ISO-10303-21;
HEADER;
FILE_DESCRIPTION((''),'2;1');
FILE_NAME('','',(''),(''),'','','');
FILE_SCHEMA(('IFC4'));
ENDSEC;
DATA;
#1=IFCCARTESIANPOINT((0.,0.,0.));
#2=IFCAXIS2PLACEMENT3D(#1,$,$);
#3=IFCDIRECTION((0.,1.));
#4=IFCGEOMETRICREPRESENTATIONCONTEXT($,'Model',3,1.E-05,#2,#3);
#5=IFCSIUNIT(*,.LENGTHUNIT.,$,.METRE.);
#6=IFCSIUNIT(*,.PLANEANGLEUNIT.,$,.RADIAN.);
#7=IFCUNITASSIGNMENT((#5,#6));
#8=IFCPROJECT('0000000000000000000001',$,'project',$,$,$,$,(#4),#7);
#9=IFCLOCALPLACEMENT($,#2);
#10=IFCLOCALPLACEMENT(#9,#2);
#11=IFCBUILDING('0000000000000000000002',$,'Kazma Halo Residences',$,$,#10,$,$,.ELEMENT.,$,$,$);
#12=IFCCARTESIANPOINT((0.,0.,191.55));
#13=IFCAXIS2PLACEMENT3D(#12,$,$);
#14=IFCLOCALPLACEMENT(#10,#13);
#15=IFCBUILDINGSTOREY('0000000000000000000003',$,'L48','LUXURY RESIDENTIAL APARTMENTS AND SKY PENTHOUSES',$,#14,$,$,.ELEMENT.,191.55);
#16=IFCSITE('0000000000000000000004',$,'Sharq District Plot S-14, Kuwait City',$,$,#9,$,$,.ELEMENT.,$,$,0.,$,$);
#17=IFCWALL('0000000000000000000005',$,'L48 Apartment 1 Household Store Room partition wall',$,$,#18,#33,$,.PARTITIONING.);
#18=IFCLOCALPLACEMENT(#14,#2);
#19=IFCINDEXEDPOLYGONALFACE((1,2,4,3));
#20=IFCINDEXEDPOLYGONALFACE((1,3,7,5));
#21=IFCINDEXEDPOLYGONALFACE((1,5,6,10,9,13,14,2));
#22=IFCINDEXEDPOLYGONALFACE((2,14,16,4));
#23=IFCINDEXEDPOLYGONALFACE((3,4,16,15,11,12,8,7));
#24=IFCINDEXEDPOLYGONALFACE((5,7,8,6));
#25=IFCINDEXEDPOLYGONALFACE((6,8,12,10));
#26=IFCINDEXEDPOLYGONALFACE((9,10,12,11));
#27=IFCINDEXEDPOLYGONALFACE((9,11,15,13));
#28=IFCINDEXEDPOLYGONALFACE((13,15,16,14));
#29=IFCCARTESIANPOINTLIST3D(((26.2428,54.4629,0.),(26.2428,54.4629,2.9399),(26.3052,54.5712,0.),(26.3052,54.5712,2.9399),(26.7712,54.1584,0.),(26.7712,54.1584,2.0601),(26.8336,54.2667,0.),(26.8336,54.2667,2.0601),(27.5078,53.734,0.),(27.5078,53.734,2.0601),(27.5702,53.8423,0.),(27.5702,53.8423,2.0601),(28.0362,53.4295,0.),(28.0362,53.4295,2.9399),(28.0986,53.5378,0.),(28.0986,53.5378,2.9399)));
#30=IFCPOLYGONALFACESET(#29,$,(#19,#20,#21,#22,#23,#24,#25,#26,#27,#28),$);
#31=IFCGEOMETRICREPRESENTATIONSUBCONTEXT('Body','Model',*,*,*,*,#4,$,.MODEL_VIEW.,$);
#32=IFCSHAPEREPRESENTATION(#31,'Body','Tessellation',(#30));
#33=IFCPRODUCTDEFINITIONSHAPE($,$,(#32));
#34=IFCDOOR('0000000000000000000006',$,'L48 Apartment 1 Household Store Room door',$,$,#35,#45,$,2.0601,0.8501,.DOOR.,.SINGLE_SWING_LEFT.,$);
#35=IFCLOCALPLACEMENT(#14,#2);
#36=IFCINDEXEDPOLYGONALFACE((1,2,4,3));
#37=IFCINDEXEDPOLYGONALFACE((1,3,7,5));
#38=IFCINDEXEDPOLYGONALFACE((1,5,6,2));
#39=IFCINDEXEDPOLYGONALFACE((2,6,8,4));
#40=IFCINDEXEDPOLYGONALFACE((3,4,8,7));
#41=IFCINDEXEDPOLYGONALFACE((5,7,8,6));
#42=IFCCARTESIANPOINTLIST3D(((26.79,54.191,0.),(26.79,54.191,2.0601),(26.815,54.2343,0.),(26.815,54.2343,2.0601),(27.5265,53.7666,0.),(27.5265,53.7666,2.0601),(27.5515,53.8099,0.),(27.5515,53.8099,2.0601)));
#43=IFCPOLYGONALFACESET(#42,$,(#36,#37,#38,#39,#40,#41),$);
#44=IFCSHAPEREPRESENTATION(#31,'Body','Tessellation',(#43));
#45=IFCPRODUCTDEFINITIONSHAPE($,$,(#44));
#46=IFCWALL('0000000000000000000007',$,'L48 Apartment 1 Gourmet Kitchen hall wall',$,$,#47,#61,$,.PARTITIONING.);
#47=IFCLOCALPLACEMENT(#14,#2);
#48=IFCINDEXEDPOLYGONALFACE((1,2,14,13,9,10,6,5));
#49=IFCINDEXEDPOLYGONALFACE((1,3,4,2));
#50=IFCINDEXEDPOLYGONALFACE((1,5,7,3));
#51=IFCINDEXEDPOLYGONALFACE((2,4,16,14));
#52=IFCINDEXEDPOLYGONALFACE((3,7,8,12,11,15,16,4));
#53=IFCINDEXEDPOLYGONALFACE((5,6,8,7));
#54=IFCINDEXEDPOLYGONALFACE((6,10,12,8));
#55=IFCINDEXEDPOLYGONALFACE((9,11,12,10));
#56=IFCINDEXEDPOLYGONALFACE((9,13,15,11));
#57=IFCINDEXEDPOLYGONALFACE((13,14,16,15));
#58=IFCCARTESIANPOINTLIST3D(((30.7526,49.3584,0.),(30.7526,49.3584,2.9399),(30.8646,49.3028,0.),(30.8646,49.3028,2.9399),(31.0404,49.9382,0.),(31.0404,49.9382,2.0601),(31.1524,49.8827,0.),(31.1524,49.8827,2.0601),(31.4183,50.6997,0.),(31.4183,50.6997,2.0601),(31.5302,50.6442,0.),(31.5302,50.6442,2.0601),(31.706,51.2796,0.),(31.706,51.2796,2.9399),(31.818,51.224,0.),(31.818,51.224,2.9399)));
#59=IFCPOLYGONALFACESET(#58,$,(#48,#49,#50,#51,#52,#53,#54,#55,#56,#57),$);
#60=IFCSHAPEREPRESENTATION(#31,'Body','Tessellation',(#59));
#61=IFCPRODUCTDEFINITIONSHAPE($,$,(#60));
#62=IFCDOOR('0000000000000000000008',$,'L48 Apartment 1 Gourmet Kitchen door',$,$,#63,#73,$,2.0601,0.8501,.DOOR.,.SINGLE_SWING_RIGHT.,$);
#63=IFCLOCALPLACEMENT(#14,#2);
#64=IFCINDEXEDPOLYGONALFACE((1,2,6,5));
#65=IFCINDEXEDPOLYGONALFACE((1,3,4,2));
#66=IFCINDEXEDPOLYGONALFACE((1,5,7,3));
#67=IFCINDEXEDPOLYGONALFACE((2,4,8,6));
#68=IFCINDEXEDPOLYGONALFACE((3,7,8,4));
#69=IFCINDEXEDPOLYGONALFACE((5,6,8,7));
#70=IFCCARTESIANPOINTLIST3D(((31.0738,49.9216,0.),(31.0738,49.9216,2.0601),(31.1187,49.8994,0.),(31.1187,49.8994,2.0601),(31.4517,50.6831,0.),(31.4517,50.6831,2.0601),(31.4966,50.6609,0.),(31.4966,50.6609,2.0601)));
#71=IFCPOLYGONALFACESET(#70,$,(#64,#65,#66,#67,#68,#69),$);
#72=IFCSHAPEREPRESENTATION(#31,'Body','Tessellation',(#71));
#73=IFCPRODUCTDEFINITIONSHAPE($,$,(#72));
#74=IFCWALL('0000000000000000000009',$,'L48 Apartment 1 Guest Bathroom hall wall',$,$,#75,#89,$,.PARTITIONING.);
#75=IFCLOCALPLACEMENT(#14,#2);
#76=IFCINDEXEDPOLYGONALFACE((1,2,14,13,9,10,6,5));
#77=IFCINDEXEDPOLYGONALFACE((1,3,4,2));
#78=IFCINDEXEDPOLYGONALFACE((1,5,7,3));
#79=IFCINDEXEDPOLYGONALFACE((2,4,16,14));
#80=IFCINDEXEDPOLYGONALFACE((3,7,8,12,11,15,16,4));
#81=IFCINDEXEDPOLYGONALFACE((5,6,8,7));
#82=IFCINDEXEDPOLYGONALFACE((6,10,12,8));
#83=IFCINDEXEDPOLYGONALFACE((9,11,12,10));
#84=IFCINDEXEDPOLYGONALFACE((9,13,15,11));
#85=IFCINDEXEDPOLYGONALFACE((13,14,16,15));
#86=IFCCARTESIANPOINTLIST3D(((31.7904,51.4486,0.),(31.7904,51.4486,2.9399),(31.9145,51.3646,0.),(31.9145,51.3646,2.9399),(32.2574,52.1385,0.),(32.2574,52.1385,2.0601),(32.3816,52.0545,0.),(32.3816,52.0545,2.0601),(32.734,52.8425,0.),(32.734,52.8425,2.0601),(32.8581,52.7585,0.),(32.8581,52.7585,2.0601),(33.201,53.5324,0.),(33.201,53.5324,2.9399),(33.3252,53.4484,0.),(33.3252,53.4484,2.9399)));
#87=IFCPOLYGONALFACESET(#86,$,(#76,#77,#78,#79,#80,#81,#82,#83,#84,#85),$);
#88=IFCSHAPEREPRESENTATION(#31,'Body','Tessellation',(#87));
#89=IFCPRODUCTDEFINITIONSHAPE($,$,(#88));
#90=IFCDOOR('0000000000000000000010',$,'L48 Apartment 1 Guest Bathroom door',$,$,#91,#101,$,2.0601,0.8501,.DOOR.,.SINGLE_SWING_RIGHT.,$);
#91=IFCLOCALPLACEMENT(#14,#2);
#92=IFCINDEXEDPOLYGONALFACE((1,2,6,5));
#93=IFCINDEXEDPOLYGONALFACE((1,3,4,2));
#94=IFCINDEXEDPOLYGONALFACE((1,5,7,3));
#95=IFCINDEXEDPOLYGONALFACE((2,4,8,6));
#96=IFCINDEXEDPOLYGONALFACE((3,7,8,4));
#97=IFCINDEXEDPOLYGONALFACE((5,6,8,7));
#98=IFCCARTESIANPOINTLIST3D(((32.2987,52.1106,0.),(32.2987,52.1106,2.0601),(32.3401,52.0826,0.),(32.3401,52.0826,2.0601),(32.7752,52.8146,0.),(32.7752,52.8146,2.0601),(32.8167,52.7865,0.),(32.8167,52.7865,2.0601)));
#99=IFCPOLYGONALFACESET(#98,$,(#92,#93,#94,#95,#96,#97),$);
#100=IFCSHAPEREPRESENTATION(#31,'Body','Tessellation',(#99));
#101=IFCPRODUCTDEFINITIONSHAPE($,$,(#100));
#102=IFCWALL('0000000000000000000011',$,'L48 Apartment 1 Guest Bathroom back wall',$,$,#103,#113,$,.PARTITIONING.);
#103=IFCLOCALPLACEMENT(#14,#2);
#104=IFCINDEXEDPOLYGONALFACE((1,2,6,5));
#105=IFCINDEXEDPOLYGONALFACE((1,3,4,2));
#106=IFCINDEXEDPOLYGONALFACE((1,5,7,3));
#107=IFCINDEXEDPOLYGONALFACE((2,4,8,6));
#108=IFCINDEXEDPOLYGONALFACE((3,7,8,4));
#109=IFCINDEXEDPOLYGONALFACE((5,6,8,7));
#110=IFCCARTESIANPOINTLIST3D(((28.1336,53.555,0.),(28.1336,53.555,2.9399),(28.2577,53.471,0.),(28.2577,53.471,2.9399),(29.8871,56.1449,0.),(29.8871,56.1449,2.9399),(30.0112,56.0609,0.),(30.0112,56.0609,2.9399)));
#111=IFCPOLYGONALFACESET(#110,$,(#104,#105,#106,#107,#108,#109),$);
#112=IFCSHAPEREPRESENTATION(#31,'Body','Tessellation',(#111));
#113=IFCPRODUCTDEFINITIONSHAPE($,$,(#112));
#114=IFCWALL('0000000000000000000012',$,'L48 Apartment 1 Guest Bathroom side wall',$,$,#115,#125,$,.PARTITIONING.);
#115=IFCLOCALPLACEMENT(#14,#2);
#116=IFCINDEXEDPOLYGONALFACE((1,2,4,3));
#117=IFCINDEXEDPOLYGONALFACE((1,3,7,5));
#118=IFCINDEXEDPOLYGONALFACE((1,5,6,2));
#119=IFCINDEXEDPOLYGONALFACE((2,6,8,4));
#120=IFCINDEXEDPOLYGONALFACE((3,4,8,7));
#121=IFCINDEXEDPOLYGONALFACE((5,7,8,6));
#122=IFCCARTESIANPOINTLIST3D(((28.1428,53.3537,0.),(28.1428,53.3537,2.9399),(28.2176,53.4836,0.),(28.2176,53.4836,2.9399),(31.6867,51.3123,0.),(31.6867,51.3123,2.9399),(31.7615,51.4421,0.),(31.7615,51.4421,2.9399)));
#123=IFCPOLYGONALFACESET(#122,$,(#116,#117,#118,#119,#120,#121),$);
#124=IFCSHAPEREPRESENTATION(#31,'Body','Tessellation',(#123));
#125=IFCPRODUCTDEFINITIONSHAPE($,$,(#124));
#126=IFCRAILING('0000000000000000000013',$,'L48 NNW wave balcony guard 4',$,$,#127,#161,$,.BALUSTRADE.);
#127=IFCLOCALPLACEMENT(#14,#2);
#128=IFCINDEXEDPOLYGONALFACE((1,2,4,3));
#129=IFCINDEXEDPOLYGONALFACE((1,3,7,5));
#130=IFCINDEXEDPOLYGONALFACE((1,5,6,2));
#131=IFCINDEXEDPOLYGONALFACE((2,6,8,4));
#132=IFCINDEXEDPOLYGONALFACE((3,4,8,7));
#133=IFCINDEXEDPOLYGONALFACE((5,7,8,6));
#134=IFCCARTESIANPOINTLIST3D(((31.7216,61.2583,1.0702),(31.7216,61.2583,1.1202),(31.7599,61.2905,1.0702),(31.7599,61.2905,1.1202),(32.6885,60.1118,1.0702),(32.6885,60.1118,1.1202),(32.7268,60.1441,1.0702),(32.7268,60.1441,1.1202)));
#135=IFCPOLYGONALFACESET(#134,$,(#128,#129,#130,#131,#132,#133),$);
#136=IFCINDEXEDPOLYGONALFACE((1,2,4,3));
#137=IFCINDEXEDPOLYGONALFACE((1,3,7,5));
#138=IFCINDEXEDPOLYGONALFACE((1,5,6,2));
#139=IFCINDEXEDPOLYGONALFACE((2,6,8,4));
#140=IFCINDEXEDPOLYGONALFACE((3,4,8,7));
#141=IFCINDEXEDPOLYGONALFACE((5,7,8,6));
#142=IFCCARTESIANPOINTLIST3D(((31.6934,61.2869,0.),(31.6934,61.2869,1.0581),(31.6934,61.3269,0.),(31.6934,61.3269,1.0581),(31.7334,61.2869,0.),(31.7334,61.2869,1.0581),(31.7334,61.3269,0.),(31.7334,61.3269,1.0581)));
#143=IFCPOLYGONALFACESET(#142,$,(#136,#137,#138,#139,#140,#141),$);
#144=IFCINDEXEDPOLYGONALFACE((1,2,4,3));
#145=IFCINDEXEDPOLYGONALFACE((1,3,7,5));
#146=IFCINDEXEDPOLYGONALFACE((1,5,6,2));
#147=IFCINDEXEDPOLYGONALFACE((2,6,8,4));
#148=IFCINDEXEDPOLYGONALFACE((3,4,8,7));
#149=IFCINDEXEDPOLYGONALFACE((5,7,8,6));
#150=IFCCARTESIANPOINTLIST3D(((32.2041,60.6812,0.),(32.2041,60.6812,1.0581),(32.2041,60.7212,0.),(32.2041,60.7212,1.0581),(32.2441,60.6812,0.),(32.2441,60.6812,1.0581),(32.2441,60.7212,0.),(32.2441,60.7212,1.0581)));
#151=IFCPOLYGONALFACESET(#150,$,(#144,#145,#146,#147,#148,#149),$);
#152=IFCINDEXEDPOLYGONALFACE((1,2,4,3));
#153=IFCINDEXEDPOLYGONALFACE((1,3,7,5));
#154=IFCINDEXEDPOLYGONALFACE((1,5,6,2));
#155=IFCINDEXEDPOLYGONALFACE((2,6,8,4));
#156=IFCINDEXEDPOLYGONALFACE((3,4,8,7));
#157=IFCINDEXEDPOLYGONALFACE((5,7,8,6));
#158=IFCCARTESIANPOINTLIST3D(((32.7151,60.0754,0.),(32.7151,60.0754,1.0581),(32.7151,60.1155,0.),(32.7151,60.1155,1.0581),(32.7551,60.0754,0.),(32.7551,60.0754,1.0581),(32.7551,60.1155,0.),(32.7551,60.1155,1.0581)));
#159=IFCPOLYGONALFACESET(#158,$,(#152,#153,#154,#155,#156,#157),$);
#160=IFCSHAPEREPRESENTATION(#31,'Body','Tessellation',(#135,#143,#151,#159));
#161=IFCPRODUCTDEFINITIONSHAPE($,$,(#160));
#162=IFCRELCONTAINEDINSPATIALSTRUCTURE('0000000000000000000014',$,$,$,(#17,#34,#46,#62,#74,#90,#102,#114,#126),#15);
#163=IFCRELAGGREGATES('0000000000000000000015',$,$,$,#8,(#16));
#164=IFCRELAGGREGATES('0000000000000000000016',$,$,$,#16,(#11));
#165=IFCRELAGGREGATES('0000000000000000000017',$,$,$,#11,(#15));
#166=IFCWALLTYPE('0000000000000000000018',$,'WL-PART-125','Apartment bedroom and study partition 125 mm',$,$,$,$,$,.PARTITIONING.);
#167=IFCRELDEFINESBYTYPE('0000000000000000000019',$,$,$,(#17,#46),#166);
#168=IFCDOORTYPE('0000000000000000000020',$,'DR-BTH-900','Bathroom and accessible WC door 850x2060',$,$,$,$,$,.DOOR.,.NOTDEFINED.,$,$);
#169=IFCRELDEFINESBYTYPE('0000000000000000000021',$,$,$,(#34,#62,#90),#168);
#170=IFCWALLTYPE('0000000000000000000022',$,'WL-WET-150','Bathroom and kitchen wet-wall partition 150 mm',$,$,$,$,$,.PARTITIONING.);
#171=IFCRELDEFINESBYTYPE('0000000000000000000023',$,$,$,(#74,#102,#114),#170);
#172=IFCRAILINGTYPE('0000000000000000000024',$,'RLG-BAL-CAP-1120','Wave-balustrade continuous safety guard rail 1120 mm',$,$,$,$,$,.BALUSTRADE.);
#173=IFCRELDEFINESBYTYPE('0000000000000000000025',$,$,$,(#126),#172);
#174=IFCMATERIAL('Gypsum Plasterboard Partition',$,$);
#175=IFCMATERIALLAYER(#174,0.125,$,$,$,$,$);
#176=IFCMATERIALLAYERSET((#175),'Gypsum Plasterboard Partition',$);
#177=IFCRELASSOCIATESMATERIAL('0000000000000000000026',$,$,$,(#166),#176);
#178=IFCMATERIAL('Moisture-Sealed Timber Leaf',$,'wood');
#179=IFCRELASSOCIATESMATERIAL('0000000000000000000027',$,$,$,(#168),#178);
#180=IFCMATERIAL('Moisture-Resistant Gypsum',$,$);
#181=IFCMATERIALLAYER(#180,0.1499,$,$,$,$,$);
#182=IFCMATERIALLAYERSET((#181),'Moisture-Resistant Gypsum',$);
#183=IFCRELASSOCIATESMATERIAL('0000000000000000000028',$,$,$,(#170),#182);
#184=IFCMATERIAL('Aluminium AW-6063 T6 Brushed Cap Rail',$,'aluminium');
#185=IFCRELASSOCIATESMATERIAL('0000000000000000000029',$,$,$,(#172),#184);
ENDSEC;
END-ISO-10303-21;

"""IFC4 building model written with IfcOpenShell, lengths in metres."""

from ifc_helpers import new_model, si_unit, direction, frame, frame_2d, origin, origin_2d, place, context, subcontext, project, spatial, rectangle, extrude, material, layer, layer_set, type_object, element, fill, save


model = new_model("IFC4")

# Units and contexts
model_context = context("Model", 3, precision=1e-05, world=origin(), true_north=direction((0.0, 1.0)))
body_context = subcontext(model_context, "Body", "Model", "MODEL_VIEW")
ifc_project = project(units=[si_unit("LENGTHUNIT", "METRE"), si_unit("PLANEANGLEUNIT", "RADIAN")], contexts=[model_context])

# Site, building, storey
site_placement = place(None, origin())
site = spatial("IfcSite", under=ifc_project, at=site_placement, Name="Sharq District Plot S-14, Kuwait City", CompositionType="ELEMENT", RefElevation=0.0)
building_placement = place(site_placement, origin())
building = spatial("IfcBuilding", under=site, at=building_placement, Name="Kazma Halo Residences", CompositionType="ELEMENT")
storey_placement = place(building_placement, frame((0.0, 0.0, 191.55)))
storey = spatial("IfcBuildingStorey", under=building, at=storey_placement, Name="L48", Description="LUXURY RESIDENTIAL APARTMENTS AND SKY PENTHOUSES", CompositionType="ELEMENT", Elevation=191.55)

# Shared definitions
ifc_material_1 = material(Name="Gypsum Plasterboard Partition")
ifc_layer_1 = layer(ifc_material_1, 0.125)
ifc_layer_set_1 = layer_set([ifc_layer_1], Name="Gypsum Plasterboard Partition")
wall_type_1 = type_object("IfcWallType", Name="WL-PART-125", Description="Apartment bedroom and study partition 125 mm", PredefinedType="PARTITIONING", material=ifc_layer_set_1)

# Walls, openings, doors
wall_1_placement = place(storey_placement, frame((28.0674, 53.4836, 0.0), z_axis=(0.0, 0.0, 1.0), x_axis=(-0.866445, 0.499273, 0.0)))
wall_1 = element("IfcWall", 1, at=wall_1_placement, inside=storey, type_object=wall_type_1, Name="L48 Apartment 1 Household Store Room partition wall", PredefinedType="PARTITIONING", context=body_context, shape_type="SweptSolid", body=[
    extrude(rectangle(XDim=2.0698, YDim=0.125, at=frame_2d((1.0349, 0.0))), origin(), (0.0, 0.0, 1.0), 2.9399),
])
opening_1_placement = place(wall_1_placement, frame((0.6099, 0.0, 0.0)))
opening_1 = element("IfcOpeningElement", 2, at=opening_1_placement, cuts=wall_1, PredefinedType="OPENING", context=body_context, shape_type="SweptSolid", body=[
    extrude(rectangle(XDim=0.8501, YDim=2.0601, at=frame_2d((0.425, 1.03))), frame((0.0, 0.0725, 0.0), z_axis=(0.0, -1.0, 0.0), x_axis=(1.0, 0.0, 0.0)), (0.0, 0.0, 1.0), 0.145),
])
ifc_material_2 = material(Name="Moisture-Sealed Timber Leaf", Category="wood")
door_type_1 = type_object("IfcDoorType", Name="DR-BTH-900", Description="Bathroom and accessible WC door 850x2060", OperationType="NOTDEFINED", PredefinedType="DOOR", material=ifc_material_2)
door_1_placement = place(opening_1_placement, origin())
door_1 = element("IfcDoor", 3, at=door_1_placement, inside=storey, type_object=door_type_1, Name="L48 Apartment 1 Household Store Room door", OperationType="SINGLE_SWING_LEFT", OverallHeight=2.0601, OverallWidth=0.8501, PredefinedType="DOOR", context=body_context, shape_type="SweptSolid", body=[
    extrude(rectangle(XDim=0.8501, YDim=2.0601, at=frame_2d((0.425, 1.03))), frame((0.0, 0.0249, 0.0), z_axis=(0.0, -1.0, 0.0), x_axis=(1.0, 0.0, 0.0)), (0.0, 0.0, 1.0), 0.05),
])
fill(opening_1, door_1)
wall_2_placement = place(storey_placement, frame((31.762, 51.2517, 0.0), z_axis=(0.0, 0.0, 1.0), x_axis=(-0.444525, -0.895766, 0.0)))
wall_2 = element("IfcWall", 4, at=wall_2_placement, inside=storey, type_object=wall_type_1, Name="L48 Apartment 1 Gourmet Kitchen hall wall", PredefinedType="PARTITIONING", context=body_context, shape_type="SweptSolid", body=[
    extrude(rectangle(XDim=2.1448, YDim=0.125, at=frame_2d((1.0723, 0.0))), origin(), (0.0, 0.0, 1.0), 2.9399),
])
opening_2_placement = place(wall_2_placement, frame((0.6472, 0.0, 0.0)))
opening_2 = element("IfcOpeningElement", 5, at=opening_2_placement, cuts=wall_2, PredefinedType="OPENING", context=body_context, shape_type="SweptSolid", body=[
    extrude(rectangle(XDim=0.8501, YDim=2.0601, at=frame_2d((0.425, 1.03))), frame((0.0, 0.0725, 0.0), z_axis=(0.0, -1.0, 0.0), x_axis=(1.0, 0.0, 0.0)), (0.0, 0.0, 1.0), 0.145),
])
door_2_placement = place(opening_2_placement, origin())
door_2 = element("IfcDoor", 6, at=door_2_placement, inside=storey, type_object=door_type_1, Name="L48 Apartment 1 Gourmet Kitchen door", OperationType="SINGLE_SWING_RIGHT", OverallHeight=2.0601, OverallWidth=0.8501, PredefinedType="DOOR", context=body_context, shape_type="SweptSolid", body=[
    extrude(rectangle(XDim=0.8501, YDim=2.0601, at=frame_2d((0.425, 1.03))), frame((0.0, 0.0249, 0.0), z_axis=(0.0, -1.0, 0.0), x_axis=(1.0, 0.0, 0.0)), (0.0, 0.0, 1.0), 0.05),
])
fill(opening_2, door_2)
ifc_material_3 = material(Name="Moisture-Resistant Gypsum")
ifc_layer_2 = layer(ifc_material_3, 0.1499)
ifc_layer_set_2 = layer_set([ifc_layer_2], Name="Moisture-Resistant Gypsum")
wall_type_2 = type_object("IfcWallType", Name="WL-WET-150", Description="Bathroom and kitchen wet-wall partition 150 mm", PredefinedType="PARTITIONING", material=ifc_layer_set_2)
wall_3_placement = place(storey_placement, frame((33.2632, 53.4905, 0.0), z_axis=(0.0, 0.0, 1.0), x_axis=(-0.560597, -0.828089, 0.0)))
wall_3 = element("IfcWall", 7, at=wall_3_placement, inside=storey, type_object=wall_type_2, Name="L48 Apartment 1 Guest Bathroom hall wall", PredefinedType="PARTITIONING", context=body_context, shape_type="SweptSolid", body=[
    extrude(rectangle(XDim=2.5164, YDim=0.1499, at=frame_2d((1.2583, 0.0))), origin(), (0.0, 0.0, 1.0), 2.9399),
])
opening_3_placement = place(wall_3_placement, frame((0.8333, 0.0, 0.0)))
opening_3 = element("IfcOpeningElement", 8, at=opening_3_placement, cuts=wall_3, PredefinedType="OPENING", context=body_context, shape_type="SweptSolid", body=[
    extrude(rectangle(XDim=0.8501, YDim=2.0601, at=frame_2d((0.425, 1.03))), frame((0.0, 0.085, 0.0), z_axis=(0.0, -1.0, 0.0), x_axis=(1.0, 0.0, 0.0)), (0.0, 0.0, 1.0), 0.1699),
])
door_3_placement = place(opening_3_placement, origin())
door_3 = element("IfcDoor", 9, at=door_3_placement, inside=storey, type_object=door_type_1, Name="L48 Apartment 1 Guest Bathroom door", OperationType="SINGLE_SWING_RIGHT", OverallHeight=2.0601, OverallWidth=0.8501, PredefinedType="DOOR", context=body_context, shape_type="SweptSolid", body=[
    extrude(rectangle(XDim=0.8501, YDim=2.0601, at=frame_2d((0.425, 1.03))), frame((0.0, 0.0249, 0.0), z_axis=(0.0, -1.0, 0.0), x_axis=(1.0, 0.0, 0.0)), (0.0, 0.0, 1.0), 0.05),
])
fill(opening_3, door_3)

# Walls
wall_4_placement = place(storey_placement, frame((29.9492, 56.103, 0.0), z_axis=(0.0, 0.0, 1.0), x_axis=(-0.560631, -0.828066, 0.0)))
element("IfcWall", 10, at=wall_4_placement, inside=storey, type_object=wall_type_2, Name="L48 Apartment 1 Guest Bathroom back wall", PredefinedType="PARTITIONING", context=body_context, shape_type="SweptSolid", body=[
    extrude(rectangle(XDim=3.1277, YDim=0.1499, at=frame_2d((1.564, 0.0))), origin(), (0.0, 0.0, 1.0), 2.9399),
])
wall_5_placement = place(storey_placement, frame((31.7241, 51.3772, 0.0), z_axis=(0.0, 0.0, 1.0), x_axis=(-0.866511, 0.499157, 0.0)))
element("IfcWall", 11, at=wall_5_placement, inside=storey, type_object=wall_type_2, Name="L48 Apartment 1 Guest Bathroom side wall", PredefinedType="PARTITIONING", context=body_context, shape_type="SweptSolid", body=[
    extrude(rectangle(XDim=4.0898, YDim=0.1499, at=frame_2d((2.0449, 0.0))), origin(), (0.0, 0.0, 1.0), 2.9399),
])

# Railing
ifc_material_4 = material(Name="Aluminium AW-6063 T6 Brushed Cap Rail", Category="aluminium")
railing_type = type_object("IfcRailingType", Name="RLG-BAL-CAP-1120", Description="Wave-balustrade continuous safety guard rail 1120 mm", PredefinedType="BALUSTRADE", material=ifc_material_4)
railing_1_placement = place(storey_placement, frame((31.7134, 61.3069, 0.0)))
element("IfcRailing", 12, at=railing_1_placement, inside=storey, type_object=railing_type, Name="L48 NNW wave balcony guard 4", PredefinedType="BALUSTRADE", context=body_context, shape_type="SweptSolid", body=[
    extrude(rectangle(XDim=0.05, YDim=0.05, at=origin_2d()), frame((0.0273, -0.0325, 1.0952), z_axis=(0.644719, -0.76442, 0.0), x_axis=(0.76442, 0.644719, 0.0)), (0.0, 0.0, 1.0), 1.4998),
    extrude(rectangle(XDim=0.04, YDim=0.04, at=origin_2d()), origin(), (0.0, 0.0, 1.0), 1.0581),
    extrude(rectangle(XDim=0.04, YDim=0.04, at=origin_2d()), frame((0.5107, -0.6057, 0.0)), (0.0, 0.0, 1.0), 1.0581),
    extrude(rectangle(XDim=0.04, YDim=0.04, at=origin_2d()), frame((1.0217, -1.2114, 0.0)), (0.0, 0.0, 1.0), 1.0581),
])

save(model, "model.ifc")
